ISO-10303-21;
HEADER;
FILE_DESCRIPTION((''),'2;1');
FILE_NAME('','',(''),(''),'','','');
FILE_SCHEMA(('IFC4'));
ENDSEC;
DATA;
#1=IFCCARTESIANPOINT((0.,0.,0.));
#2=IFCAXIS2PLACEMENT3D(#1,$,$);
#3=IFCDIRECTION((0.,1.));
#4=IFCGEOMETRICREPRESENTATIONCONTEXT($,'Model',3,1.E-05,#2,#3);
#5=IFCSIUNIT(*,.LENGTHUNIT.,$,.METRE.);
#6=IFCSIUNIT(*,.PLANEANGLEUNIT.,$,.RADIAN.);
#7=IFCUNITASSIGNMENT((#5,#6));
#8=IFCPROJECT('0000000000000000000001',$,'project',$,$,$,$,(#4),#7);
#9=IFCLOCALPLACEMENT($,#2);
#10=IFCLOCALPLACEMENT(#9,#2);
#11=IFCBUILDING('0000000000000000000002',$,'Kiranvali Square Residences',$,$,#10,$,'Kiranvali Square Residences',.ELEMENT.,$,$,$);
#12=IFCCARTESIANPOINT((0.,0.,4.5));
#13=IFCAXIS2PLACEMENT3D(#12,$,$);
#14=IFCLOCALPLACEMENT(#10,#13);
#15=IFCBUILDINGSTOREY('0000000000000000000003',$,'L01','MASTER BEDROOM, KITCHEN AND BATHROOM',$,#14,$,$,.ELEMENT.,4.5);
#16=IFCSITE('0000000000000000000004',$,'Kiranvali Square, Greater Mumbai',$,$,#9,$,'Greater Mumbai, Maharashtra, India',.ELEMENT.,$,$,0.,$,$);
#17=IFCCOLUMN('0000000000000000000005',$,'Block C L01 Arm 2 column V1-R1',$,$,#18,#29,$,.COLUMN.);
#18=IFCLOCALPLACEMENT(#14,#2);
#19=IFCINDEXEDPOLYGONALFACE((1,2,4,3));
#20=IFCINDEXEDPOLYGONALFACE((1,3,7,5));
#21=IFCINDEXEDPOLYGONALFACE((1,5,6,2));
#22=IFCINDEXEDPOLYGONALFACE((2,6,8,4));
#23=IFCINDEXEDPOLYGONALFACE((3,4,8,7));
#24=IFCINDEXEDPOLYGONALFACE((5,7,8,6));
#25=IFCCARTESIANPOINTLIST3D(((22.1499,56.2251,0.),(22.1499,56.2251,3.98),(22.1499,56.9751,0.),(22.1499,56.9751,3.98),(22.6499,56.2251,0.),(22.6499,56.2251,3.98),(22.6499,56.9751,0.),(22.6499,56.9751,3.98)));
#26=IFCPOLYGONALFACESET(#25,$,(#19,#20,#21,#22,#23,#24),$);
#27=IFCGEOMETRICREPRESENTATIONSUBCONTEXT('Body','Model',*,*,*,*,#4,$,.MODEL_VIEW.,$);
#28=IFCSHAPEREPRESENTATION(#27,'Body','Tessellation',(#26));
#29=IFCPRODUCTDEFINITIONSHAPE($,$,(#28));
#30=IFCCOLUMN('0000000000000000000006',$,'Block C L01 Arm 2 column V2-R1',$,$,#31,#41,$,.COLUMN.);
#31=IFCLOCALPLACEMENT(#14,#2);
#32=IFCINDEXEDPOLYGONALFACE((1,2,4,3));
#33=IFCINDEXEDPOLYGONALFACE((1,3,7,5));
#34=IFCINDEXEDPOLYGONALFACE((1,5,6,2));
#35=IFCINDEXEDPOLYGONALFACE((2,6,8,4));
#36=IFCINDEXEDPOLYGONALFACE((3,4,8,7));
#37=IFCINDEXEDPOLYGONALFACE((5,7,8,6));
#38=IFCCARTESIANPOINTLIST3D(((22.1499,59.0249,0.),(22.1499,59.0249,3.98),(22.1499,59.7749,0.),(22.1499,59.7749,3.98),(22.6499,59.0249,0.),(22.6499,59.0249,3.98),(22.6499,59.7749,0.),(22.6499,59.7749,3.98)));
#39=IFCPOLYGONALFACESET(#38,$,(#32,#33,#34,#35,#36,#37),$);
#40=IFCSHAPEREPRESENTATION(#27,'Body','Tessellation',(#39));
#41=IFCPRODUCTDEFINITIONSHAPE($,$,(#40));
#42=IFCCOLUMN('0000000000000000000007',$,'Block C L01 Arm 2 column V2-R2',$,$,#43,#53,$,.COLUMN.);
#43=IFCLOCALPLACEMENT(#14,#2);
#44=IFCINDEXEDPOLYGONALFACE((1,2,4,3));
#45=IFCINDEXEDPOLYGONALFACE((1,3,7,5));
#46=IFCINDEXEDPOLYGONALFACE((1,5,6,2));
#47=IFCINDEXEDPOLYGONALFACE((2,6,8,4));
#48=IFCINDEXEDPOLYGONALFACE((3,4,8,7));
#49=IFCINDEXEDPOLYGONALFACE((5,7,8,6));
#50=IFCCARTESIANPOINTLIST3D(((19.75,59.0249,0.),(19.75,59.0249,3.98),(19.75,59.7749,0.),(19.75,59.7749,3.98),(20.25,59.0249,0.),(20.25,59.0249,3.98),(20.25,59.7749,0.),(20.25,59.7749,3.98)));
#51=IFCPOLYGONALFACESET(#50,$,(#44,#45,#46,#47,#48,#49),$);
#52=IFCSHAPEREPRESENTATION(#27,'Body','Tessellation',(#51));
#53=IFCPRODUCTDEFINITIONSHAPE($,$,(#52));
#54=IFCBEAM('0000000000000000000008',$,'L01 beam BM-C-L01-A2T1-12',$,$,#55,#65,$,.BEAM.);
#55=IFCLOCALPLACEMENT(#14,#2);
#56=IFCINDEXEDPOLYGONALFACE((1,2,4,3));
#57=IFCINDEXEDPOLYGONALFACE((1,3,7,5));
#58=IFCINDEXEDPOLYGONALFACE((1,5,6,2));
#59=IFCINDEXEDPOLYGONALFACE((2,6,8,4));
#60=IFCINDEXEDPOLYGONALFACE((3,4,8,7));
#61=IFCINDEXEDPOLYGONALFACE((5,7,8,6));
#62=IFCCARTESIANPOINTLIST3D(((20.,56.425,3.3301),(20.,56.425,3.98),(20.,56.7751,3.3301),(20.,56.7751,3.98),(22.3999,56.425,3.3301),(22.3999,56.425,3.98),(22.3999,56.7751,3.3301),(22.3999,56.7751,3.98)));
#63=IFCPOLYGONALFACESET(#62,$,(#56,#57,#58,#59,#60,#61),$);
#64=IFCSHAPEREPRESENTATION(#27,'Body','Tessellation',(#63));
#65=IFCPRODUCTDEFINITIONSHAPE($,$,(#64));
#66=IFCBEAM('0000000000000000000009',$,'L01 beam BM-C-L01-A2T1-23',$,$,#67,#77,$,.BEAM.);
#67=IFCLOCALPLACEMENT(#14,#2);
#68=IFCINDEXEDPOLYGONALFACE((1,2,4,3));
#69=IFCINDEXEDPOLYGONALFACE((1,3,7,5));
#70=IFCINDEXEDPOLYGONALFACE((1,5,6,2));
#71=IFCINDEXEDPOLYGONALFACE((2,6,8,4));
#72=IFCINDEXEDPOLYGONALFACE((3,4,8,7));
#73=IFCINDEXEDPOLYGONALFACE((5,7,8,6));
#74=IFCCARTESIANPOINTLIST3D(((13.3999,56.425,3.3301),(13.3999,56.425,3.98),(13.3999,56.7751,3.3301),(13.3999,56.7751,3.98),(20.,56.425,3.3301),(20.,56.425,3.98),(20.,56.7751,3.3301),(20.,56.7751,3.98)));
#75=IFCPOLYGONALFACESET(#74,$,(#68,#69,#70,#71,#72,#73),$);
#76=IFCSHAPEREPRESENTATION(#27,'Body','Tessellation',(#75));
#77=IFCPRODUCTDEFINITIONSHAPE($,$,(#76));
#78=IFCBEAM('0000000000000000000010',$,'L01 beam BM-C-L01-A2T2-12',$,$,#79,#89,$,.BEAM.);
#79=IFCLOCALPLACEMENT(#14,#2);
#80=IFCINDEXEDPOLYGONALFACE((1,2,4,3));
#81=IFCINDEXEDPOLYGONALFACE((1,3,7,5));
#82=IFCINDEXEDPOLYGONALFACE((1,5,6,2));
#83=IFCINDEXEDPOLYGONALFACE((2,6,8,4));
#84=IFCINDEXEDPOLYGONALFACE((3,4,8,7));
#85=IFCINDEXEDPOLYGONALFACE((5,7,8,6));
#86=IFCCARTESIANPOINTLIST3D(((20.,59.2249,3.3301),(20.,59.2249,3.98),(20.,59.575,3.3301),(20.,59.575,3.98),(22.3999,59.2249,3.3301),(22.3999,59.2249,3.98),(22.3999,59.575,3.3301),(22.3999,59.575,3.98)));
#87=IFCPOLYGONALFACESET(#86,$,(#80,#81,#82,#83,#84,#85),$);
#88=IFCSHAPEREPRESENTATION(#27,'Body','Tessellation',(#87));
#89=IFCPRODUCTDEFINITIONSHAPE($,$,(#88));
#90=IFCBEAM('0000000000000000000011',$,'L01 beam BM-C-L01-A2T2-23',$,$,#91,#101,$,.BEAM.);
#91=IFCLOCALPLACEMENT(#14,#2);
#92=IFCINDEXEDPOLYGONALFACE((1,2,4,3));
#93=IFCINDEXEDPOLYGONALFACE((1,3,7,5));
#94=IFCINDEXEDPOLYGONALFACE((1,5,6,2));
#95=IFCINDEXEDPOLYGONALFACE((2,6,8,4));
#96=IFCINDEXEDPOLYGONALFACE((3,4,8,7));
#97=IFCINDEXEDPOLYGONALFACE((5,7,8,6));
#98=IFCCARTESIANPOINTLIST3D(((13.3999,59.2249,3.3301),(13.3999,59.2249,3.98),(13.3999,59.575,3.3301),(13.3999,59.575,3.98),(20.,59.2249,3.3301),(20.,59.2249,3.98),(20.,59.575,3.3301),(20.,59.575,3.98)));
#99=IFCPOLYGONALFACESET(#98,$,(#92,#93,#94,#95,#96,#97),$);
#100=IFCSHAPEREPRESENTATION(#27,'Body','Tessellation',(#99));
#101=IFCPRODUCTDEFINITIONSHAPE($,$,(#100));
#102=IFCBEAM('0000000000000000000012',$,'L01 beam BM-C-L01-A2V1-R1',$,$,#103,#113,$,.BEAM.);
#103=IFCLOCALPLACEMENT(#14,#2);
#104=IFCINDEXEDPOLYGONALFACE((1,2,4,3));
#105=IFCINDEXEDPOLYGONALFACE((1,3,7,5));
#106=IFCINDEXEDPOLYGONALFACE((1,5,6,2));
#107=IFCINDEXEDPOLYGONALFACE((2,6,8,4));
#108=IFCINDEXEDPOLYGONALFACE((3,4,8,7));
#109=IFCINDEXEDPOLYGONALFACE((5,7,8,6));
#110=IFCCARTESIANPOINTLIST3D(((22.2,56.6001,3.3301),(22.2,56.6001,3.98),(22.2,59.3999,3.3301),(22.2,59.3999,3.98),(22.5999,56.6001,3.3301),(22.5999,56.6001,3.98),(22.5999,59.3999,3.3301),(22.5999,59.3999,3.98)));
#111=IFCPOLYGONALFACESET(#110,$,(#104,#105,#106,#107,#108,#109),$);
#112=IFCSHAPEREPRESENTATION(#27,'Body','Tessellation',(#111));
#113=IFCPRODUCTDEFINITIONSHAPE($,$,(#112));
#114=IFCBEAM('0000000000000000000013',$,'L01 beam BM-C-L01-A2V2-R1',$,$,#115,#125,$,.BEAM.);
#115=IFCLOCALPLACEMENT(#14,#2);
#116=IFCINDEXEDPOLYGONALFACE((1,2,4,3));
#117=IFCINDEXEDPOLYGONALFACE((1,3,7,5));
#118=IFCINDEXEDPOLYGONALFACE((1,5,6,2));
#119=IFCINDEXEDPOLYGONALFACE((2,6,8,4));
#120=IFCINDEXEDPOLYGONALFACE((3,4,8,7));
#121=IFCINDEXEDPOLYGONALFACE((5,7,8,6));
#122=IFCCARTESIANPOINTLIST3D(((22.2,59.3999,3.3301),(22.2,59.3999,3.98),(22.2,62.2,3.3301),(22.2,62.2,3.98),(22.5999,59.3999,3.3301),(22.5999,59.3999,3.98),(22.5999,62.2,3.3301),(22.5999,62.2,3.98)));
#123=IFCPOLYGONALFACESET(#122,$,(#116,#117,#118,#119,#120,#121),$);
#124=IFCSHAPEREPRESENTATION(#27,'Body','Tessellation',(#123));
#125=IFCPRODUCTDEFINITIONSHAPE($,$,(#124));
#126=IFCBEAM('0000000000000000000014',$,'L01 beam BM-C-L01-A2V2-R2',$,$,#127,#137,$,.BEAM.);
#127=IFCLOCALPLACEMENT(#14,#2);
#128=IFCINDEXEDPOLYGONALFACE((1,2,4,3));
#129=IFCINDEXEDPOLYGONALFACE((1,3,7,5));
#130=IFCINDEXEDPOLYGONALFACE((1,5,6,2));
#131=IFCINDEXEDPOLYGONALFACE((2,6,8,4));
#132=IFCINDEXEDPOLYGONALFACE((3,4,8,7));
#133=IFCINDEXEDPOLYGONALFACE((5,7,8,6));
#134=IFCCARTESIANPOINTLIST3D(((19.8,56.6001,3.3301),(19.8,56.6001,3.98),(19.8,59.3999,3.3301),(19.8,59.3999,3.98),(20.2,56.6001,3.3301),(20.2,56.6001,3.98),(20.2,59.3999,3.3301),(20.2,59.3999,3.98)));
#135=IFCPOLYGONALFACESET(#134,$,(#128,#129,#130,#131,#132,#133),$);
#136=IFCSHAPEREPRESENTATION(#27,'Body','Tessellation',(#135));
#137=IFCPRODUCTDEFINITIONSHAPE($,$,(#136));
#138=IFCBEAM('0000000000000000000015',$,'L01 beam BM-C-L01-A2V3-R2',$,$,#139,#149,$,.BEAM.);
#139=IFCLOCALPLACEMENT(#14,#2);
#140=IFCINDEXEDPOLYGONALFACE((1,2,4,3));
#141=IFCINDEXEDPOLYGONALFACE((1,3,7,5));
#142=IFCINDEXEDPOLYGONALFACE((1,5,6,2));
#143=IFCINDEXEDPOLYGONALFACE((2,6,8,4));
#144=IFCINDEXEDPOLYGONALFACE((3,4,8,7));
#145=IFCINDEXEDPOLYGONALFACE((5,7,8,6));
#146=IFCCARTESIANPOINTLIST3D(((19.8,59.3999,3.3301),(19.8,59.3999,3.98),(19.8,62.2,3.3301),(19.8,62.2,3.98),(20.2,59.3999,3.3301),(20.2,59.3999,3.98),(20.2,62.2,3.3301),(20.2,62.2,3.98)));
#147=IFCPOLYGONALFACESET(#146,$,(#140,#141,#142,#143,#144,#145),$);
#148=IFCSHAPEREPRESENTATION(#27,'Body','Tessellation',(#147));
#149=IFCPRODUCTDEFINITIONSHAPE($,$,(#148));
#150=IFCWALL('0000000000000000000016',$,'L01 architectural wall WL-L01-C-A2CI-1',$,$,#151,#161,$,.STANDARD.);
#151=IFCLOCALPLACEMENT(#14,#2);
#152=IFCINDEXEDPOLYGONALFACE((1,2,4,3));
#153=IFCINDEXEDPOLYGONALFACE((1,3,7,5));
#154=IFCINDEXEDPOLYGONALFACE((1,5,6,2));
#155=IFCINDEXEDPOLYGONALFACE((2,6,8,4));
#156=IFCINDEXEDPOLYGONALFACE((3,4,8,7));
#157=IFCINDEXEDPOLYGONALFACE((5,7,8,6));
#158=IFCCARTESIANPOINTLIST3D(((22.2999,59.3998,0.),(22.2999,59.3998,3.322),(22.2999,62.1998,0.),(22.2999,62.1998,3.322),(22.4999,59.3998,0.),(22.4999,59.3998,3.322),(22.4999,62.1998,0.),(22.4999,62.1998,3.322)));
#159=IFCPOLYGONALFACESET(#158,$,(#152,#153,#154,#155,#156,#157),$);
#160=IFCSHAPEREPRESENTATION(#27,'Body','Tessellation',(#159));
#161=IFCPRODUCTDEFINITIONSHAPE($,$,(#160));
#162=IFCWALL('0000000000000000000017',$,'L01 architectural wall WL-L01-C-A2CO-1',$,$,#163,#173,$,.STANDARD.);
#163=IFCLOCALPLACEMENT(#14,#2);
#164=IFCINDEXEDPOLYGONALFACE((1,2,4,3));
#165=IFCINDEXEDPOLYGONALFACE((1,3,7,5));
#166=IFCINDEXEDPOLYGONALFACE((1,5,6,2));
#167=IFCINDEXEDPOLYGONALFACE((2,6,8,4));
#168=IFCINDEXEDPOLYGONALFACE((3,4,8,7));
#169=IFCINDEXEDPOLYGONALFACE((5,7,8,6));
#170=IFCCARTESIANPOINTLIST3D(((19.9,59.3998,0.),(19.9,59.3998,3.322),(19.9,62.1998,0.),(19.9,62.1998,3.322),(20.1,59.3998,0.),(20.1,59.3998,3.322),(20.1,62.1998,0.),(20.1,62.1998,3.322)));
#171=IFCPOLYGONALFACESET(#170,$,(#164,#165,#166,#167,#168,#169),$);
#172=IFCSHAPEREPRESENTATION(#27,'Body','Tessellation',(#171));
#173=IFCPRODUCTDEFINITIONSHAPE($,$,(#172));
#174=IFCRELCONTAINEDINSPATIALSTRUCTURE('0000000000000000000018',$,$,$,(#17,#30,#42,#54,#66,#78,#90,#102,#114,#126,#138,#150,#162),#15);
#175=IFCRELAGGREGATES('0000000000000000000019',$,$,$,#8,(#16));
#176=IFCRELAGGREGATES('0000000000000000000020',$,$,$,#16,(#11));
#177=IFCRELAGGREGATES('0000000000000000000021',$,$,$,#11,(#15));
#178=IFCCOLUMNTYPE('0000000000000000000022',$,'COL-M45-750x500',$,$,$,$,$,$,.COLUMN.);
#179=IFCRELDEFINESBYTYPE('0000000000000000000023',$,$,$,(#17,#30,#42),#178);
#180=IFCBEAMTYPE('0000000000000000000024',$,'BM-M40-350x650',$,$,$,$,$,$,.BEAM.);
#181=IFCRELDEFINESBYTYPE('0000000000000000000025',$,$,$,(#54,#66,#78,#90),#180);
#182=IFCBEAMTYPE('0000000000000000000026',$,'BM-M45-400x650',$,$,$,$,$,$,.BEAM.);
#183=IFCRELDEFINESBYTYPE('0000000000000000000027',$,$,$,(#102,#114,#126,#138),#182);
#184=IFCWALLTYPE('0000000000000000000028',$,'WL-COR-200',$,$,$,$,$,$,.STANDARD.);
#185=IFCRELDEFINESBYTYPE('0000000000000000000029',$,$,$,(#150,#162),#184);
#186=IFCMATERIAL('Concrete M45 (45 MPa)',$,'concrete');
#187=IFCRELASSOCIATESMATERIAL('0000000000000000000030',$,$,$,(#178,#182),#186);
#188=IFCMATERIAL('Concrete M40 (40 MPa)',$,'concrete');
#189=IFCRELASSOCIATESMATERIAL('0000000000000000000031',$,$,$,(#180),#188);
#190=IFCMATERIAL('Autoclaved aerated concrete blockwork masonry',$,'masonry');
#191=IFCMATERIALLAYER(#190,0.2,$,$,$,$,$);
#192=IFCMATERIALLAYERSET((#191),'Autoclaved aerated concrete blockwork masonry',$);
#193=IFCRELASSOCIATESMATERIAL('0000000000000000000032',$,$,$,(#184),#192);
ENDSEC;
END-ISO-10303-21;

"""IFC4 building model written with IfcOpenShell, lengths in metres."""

from ifc_helpers import new_model, si_unit, direction, frame, frame_2d, origin, origin_2d, place, context, subcontext, project, spatial, rectangle, extrude, material, layer, layer_set, material_profile, profile_set, type_object, element, save


model = new_model("IFC4")

# Units and contexts
model_context = context("Model", 3, precision=1e-05, world=origin(), true_north=direction((0.0, 1.0)))
body_context = subcontext(model_context, "Body", "Model", "MODEL_VIEW")
ifc_project = project(units=[si_unit("LENGTHUNIT", "METRE"), si_unit("PLANEANGLEUNIT", "RADIAN")], contexts=[model_context])

# Site, building, storey
site_placement = place(None, origin())
site = spatial("IfcSite", under=ifc_project, at=site_placement, Name="Kiranvali Square, Greater Mumbai", LongName="Greater Mumbai, Maharashtra, India", CompositionType="ELEMENT", RefElevation=0.0)
building_placement = place(site_placement, origin())
building = spatial("IfcBuilding", under=site, at=building_placement, Name="Kiranvali Square Residences", LongName="Kiranvali Square Residences", CompositionType="ELEMENT")
storey_placement = place(building_placement, frame((0.0, 0.0, 4.5)))
storey = spatial("IfcBuildingStorey", under=building, at=storey_placement, Name="L01", Description="MASTER BEDROOM, KITCHEN AND BATHROOM", CompositionType="ELEMENT", Elevation=4.5)

# Columns
ifc_material_1 = material(Name="Concrete M45 (45 MPa)", Category="concrete")
ifc_material_profile_1 = material_profile(ifc_material_1, rectangle(XDim=0.5, YDim=0.75, at=origin_2d()), Name="RC 750x500")
ifc_profile_set_1 = profile_set([ifc_material_profile_1], Name="Concrete M45 (45 MPa)")
column_type = type_object("IfcColumnType", Name="COL-M45-750x500", PredefinedType="COLUMN", material=ifc_profile_set_1)
for number, where, z_axis, x_axis, name in (
    (1, (22.3999, 56.6001, 0.0), (0.0, 0.0, 1.0), (1.0, 0.0, 0.0), "Block C L01 Arm 2 column V1-R1"),
    (2, (22.3999, 59.3999, 0.0), (0.0, 0.0, 1.0), (1.0, 0.0, 0.0), "Block C L01 Arm 2 column V2-R1"),
    (3, (20.0, 59.3999, 0.0), (0.0, 0.0, 1.0), (1.0, 0.0, 0.0), "Block C L01 Arm 2 column V2-R2"),
):
    element("IfcColumn", number, at=place(storey_placement, frame(where, z_axis=z_axis, x_axis=x_axis)), inside=storey, type_object=column_type, Name=name, PredefinedType="COLUMN", context=body_context, shape_type="SweptSolid", body=[
        extrude(rectangle(XDim=0.5, YDim=0.75, at=origin_2d()), origin(), (0.0, 0.0, 1.0), 3.98),
    ])

# Beams
ifc_material_2 = material(Name="Concrete M40 (40 MPa)", Category="concrete")
ifc_material_profile_2 = material_profile(ifc_material_2, rectangle(XDim=0.3501, YDim=0.6499, at=origin_2d()), Name="RC 350x650")
ifc_profile_set_2 = profile_set([ifc_material_profile_2], Name="Concrete M40 (40 MPa)")
beam_type_1 = type_object("IfcBeamType", Name="BM-M40-350x650", PredefinedType="BEAM", material=ifc_profile_set_2)
beam_1_placement = place(storey_placement, frame((22.3999, 56.6001, 3.655), z_axis=(-1.0, 0.0, 0.0), x_axis=(0.0, -1.0, 0.0)))
element("IfcBeam", 4, at=beam_1_placement, inside=storey, type_object=beam_type_1, Name="L01 beam BM-C-L01-A2T1-12", PredefinedType="BEAM", context=body_context, shape_type="SweptSolid", body=[
    extrude(rectangle(XDim=0.3501, YDim=0.6499, at=origin_2d()), origin(), (0.0, 0.0, 1.0), 2.3999),
])
beam_2_placement = place(storey_placement, frame((20.0, 56.6001, 3.655), z_axis=(-1.0, 0.0, 0.0), x_axis=(0.0, -1.0, 0.0)))
element("IfcBeam", 5, at=beam_2_placement, inside=storey, type_object=beam_type_1, Name="L01 beam BM-C-L01-A2T1-23", PredefinedType="BEAM", context=body_context, shape_type="SweptSolid", body=[
    extrude(rectangle(XDim=0.3501, YDim=0.6499, at=origin_2d()), origin(), (0.0, 0.0, 1.0), 6.6001),
])
beam_3_placement = place(storey_placement, frame((22.3999, 59.3999, 3.655), z_axis=(-1.0, 0.0, 0.0), x_axis=(0.0, -1.0, 0.0)))
element("IfcBeam", 6, at=beam_3_placement, inside=storey, type_object=beam_type_1, Name="L01 beam BM-C-L01-A2T2-12", PredefinedType="BEAM", context=body_context, shape_type="SweptSolid", body=[
    extrude(rectangle(XDim=0.3501, YDim=0.6499, at=origin_2d()), origin(), (0.0, 0.0, 1.0), 2.3999),
])
beam_4_placement = place(storey_placement, frame((20.0, 59.3999, 3.655), z_axis=(-1.0, 0.0, 0.0), x_axis=(0.0, -1.0, 0.0)))
element("IfcBeam", 7, at=beam_4_placement, inside=storey, type_object=beam_type_1, Name="L01 beam BM-C-L01-A2T2-23", PredefinedType="BEAM", context=body_context, shape_type="SweptSolid", body=[
    extrude(rectangle(XDim=0.3501, YDim=0.6499, at=origin_2d()), origin(), (0.0, 0.0, 1.0), 6.6001),
])
ifc_material_profile_3 = material_profile(ifc_material_1, rectangle(XDim=0.3999, YDim=0.6499, at=origin_2d()), Name="RC 400x650")
ifc_profile_set_3 = profile_set([ifc_material_profile_3], Name="Concrete M45 (45 MPa)")
beam_type_2 = type_object("IfcBeamType", Name="BM-M45-400x650", PredefinedType="BEAM", material=ifc_profile_set_3)
beam_5_placement = place(storey_placement, frame((22.3999, 56.6001, 3.655), z_axis=(0.0, 1.0, 0.0), x_axis=(-1.0, 0.0, 0.0)))
element("IfcBeam", 8, at=beam_5_placement, inside=storey, type_object=beam_type_2, Name="L01 beam BM-C-L01-A2V1-R1", PredefinedType="BEAM", context=body_context, shape_type="SweptSolid", body=[
    extrude(rectangle(XDim=0.3999, YDim=0.6499, at=origin_2d()), origin(), (0.0, 0.0, 1.0), 2.7998),
])
beam_6_placement = place(storey_placement, frame((22.3999, 59.3999, 3.655), z_axis=(0.0, 1.0, 0.0), x_axis=(-1.0, 0.0, 0.0)))
element("IfcBeam", 9, at=beam_6_placement, inside=storey, type_object=beam_type_2, Name="L01 beam BM-C-L01-A2V2-R1", PredefinedType="BEAM", context=body_context, shape_type="SweptSolid", body=[
    extrude(rectangle(XDim=0.3999, YDim=0.6499, at=origin_2d()), origin(), (0.0, 0.0, 1.0), 2.8),
])
beam_7_placement = place(storey_placement, frame((20.0, 56.6001, 3.655), z_axis=(0.0, 1.0, 0.0), x_axis=(-1.0, 0.0, 0.0)))
element("IfcBeam", 10, at=beam_7_placement, inside=storey, type_object=beam_type_2, Name="L01 beam BM-C-L01-A2V2-R2", PredefinedType="BEAM", context=body_context, shape_type="SweptSolid", body=[
    extrude(rectangle(XDim=0.3999, YDim=0.6499, at=origin_2d()), origin(), (0.0, 0.0, 1.0), 2.7998),
])
beam_8_placement = place(storey_placement, frame((20.0, 59.3999, 3.655), z_axis=(0.0, 1.0, 0.0), x_axis=(-1.0, 0.0, 0.0)))
element("IfcBeam", 11, at=beam_8_placement, inside=storey, type_object=beam_type_2, Name="L01 beam BM-C-L01-A2V3-R2", PredefinedType="BEAM", context=body_context, shape_type="SweptSolid", body=[
    extrude(rectangle(XDim=0.3999, YDim=0.6499, at=origin_2d()), origin(), (0.0, 0.0, 1.0), 2.8),
])

# Shared definitions
ifc_material_3 = material(Name="Autoclaved aerated concrete blockwork masonry", Category="masonry")
ifc_layer = layer(ifc_material_3, 0.2)
ifc_layer_set = layer_set([ifc_layer], Name="Autoclaved aerated concrete blockwork masonry")
wall_type = type_object("IfcWallType", Name="WL-COR-200", PredefinedType="STANDARD", material=ifc_layer_set)

# Walls
for number, where, z_axis, x_axis, name in (
    (12, (22.3999, 59.3999, 0.0), (0.0, 0.0, 1.0), (0.0, 1.0, 0.0), "L01 architectural wall WL-L01-C-A2CI-1"),
    (13, (20.0, 59.3999, 0.0), (0.0, 0.0, 1.0), (0.0, 1.0, 0.0), "L01 architectural wall WL-L01-C-A2CO-1"),
):
    element("IfcWall", number, at=place(storey_placement, frame(where, z_axis=z_axis, x_axis=x_axis)), inside=storey, type_object=wall_type, Name=name, PredefinedType="STANDARD", context=body_context, shape_type="SweptSolid", body=[
        extrude(rectangle(XDim=2.8, YDim=0.2, at=frame_2d((1.3999, 0.0))), origin(), (0.0, 0.0, 1.0), 3.322),
    ])

save(model, "model.ifc")
